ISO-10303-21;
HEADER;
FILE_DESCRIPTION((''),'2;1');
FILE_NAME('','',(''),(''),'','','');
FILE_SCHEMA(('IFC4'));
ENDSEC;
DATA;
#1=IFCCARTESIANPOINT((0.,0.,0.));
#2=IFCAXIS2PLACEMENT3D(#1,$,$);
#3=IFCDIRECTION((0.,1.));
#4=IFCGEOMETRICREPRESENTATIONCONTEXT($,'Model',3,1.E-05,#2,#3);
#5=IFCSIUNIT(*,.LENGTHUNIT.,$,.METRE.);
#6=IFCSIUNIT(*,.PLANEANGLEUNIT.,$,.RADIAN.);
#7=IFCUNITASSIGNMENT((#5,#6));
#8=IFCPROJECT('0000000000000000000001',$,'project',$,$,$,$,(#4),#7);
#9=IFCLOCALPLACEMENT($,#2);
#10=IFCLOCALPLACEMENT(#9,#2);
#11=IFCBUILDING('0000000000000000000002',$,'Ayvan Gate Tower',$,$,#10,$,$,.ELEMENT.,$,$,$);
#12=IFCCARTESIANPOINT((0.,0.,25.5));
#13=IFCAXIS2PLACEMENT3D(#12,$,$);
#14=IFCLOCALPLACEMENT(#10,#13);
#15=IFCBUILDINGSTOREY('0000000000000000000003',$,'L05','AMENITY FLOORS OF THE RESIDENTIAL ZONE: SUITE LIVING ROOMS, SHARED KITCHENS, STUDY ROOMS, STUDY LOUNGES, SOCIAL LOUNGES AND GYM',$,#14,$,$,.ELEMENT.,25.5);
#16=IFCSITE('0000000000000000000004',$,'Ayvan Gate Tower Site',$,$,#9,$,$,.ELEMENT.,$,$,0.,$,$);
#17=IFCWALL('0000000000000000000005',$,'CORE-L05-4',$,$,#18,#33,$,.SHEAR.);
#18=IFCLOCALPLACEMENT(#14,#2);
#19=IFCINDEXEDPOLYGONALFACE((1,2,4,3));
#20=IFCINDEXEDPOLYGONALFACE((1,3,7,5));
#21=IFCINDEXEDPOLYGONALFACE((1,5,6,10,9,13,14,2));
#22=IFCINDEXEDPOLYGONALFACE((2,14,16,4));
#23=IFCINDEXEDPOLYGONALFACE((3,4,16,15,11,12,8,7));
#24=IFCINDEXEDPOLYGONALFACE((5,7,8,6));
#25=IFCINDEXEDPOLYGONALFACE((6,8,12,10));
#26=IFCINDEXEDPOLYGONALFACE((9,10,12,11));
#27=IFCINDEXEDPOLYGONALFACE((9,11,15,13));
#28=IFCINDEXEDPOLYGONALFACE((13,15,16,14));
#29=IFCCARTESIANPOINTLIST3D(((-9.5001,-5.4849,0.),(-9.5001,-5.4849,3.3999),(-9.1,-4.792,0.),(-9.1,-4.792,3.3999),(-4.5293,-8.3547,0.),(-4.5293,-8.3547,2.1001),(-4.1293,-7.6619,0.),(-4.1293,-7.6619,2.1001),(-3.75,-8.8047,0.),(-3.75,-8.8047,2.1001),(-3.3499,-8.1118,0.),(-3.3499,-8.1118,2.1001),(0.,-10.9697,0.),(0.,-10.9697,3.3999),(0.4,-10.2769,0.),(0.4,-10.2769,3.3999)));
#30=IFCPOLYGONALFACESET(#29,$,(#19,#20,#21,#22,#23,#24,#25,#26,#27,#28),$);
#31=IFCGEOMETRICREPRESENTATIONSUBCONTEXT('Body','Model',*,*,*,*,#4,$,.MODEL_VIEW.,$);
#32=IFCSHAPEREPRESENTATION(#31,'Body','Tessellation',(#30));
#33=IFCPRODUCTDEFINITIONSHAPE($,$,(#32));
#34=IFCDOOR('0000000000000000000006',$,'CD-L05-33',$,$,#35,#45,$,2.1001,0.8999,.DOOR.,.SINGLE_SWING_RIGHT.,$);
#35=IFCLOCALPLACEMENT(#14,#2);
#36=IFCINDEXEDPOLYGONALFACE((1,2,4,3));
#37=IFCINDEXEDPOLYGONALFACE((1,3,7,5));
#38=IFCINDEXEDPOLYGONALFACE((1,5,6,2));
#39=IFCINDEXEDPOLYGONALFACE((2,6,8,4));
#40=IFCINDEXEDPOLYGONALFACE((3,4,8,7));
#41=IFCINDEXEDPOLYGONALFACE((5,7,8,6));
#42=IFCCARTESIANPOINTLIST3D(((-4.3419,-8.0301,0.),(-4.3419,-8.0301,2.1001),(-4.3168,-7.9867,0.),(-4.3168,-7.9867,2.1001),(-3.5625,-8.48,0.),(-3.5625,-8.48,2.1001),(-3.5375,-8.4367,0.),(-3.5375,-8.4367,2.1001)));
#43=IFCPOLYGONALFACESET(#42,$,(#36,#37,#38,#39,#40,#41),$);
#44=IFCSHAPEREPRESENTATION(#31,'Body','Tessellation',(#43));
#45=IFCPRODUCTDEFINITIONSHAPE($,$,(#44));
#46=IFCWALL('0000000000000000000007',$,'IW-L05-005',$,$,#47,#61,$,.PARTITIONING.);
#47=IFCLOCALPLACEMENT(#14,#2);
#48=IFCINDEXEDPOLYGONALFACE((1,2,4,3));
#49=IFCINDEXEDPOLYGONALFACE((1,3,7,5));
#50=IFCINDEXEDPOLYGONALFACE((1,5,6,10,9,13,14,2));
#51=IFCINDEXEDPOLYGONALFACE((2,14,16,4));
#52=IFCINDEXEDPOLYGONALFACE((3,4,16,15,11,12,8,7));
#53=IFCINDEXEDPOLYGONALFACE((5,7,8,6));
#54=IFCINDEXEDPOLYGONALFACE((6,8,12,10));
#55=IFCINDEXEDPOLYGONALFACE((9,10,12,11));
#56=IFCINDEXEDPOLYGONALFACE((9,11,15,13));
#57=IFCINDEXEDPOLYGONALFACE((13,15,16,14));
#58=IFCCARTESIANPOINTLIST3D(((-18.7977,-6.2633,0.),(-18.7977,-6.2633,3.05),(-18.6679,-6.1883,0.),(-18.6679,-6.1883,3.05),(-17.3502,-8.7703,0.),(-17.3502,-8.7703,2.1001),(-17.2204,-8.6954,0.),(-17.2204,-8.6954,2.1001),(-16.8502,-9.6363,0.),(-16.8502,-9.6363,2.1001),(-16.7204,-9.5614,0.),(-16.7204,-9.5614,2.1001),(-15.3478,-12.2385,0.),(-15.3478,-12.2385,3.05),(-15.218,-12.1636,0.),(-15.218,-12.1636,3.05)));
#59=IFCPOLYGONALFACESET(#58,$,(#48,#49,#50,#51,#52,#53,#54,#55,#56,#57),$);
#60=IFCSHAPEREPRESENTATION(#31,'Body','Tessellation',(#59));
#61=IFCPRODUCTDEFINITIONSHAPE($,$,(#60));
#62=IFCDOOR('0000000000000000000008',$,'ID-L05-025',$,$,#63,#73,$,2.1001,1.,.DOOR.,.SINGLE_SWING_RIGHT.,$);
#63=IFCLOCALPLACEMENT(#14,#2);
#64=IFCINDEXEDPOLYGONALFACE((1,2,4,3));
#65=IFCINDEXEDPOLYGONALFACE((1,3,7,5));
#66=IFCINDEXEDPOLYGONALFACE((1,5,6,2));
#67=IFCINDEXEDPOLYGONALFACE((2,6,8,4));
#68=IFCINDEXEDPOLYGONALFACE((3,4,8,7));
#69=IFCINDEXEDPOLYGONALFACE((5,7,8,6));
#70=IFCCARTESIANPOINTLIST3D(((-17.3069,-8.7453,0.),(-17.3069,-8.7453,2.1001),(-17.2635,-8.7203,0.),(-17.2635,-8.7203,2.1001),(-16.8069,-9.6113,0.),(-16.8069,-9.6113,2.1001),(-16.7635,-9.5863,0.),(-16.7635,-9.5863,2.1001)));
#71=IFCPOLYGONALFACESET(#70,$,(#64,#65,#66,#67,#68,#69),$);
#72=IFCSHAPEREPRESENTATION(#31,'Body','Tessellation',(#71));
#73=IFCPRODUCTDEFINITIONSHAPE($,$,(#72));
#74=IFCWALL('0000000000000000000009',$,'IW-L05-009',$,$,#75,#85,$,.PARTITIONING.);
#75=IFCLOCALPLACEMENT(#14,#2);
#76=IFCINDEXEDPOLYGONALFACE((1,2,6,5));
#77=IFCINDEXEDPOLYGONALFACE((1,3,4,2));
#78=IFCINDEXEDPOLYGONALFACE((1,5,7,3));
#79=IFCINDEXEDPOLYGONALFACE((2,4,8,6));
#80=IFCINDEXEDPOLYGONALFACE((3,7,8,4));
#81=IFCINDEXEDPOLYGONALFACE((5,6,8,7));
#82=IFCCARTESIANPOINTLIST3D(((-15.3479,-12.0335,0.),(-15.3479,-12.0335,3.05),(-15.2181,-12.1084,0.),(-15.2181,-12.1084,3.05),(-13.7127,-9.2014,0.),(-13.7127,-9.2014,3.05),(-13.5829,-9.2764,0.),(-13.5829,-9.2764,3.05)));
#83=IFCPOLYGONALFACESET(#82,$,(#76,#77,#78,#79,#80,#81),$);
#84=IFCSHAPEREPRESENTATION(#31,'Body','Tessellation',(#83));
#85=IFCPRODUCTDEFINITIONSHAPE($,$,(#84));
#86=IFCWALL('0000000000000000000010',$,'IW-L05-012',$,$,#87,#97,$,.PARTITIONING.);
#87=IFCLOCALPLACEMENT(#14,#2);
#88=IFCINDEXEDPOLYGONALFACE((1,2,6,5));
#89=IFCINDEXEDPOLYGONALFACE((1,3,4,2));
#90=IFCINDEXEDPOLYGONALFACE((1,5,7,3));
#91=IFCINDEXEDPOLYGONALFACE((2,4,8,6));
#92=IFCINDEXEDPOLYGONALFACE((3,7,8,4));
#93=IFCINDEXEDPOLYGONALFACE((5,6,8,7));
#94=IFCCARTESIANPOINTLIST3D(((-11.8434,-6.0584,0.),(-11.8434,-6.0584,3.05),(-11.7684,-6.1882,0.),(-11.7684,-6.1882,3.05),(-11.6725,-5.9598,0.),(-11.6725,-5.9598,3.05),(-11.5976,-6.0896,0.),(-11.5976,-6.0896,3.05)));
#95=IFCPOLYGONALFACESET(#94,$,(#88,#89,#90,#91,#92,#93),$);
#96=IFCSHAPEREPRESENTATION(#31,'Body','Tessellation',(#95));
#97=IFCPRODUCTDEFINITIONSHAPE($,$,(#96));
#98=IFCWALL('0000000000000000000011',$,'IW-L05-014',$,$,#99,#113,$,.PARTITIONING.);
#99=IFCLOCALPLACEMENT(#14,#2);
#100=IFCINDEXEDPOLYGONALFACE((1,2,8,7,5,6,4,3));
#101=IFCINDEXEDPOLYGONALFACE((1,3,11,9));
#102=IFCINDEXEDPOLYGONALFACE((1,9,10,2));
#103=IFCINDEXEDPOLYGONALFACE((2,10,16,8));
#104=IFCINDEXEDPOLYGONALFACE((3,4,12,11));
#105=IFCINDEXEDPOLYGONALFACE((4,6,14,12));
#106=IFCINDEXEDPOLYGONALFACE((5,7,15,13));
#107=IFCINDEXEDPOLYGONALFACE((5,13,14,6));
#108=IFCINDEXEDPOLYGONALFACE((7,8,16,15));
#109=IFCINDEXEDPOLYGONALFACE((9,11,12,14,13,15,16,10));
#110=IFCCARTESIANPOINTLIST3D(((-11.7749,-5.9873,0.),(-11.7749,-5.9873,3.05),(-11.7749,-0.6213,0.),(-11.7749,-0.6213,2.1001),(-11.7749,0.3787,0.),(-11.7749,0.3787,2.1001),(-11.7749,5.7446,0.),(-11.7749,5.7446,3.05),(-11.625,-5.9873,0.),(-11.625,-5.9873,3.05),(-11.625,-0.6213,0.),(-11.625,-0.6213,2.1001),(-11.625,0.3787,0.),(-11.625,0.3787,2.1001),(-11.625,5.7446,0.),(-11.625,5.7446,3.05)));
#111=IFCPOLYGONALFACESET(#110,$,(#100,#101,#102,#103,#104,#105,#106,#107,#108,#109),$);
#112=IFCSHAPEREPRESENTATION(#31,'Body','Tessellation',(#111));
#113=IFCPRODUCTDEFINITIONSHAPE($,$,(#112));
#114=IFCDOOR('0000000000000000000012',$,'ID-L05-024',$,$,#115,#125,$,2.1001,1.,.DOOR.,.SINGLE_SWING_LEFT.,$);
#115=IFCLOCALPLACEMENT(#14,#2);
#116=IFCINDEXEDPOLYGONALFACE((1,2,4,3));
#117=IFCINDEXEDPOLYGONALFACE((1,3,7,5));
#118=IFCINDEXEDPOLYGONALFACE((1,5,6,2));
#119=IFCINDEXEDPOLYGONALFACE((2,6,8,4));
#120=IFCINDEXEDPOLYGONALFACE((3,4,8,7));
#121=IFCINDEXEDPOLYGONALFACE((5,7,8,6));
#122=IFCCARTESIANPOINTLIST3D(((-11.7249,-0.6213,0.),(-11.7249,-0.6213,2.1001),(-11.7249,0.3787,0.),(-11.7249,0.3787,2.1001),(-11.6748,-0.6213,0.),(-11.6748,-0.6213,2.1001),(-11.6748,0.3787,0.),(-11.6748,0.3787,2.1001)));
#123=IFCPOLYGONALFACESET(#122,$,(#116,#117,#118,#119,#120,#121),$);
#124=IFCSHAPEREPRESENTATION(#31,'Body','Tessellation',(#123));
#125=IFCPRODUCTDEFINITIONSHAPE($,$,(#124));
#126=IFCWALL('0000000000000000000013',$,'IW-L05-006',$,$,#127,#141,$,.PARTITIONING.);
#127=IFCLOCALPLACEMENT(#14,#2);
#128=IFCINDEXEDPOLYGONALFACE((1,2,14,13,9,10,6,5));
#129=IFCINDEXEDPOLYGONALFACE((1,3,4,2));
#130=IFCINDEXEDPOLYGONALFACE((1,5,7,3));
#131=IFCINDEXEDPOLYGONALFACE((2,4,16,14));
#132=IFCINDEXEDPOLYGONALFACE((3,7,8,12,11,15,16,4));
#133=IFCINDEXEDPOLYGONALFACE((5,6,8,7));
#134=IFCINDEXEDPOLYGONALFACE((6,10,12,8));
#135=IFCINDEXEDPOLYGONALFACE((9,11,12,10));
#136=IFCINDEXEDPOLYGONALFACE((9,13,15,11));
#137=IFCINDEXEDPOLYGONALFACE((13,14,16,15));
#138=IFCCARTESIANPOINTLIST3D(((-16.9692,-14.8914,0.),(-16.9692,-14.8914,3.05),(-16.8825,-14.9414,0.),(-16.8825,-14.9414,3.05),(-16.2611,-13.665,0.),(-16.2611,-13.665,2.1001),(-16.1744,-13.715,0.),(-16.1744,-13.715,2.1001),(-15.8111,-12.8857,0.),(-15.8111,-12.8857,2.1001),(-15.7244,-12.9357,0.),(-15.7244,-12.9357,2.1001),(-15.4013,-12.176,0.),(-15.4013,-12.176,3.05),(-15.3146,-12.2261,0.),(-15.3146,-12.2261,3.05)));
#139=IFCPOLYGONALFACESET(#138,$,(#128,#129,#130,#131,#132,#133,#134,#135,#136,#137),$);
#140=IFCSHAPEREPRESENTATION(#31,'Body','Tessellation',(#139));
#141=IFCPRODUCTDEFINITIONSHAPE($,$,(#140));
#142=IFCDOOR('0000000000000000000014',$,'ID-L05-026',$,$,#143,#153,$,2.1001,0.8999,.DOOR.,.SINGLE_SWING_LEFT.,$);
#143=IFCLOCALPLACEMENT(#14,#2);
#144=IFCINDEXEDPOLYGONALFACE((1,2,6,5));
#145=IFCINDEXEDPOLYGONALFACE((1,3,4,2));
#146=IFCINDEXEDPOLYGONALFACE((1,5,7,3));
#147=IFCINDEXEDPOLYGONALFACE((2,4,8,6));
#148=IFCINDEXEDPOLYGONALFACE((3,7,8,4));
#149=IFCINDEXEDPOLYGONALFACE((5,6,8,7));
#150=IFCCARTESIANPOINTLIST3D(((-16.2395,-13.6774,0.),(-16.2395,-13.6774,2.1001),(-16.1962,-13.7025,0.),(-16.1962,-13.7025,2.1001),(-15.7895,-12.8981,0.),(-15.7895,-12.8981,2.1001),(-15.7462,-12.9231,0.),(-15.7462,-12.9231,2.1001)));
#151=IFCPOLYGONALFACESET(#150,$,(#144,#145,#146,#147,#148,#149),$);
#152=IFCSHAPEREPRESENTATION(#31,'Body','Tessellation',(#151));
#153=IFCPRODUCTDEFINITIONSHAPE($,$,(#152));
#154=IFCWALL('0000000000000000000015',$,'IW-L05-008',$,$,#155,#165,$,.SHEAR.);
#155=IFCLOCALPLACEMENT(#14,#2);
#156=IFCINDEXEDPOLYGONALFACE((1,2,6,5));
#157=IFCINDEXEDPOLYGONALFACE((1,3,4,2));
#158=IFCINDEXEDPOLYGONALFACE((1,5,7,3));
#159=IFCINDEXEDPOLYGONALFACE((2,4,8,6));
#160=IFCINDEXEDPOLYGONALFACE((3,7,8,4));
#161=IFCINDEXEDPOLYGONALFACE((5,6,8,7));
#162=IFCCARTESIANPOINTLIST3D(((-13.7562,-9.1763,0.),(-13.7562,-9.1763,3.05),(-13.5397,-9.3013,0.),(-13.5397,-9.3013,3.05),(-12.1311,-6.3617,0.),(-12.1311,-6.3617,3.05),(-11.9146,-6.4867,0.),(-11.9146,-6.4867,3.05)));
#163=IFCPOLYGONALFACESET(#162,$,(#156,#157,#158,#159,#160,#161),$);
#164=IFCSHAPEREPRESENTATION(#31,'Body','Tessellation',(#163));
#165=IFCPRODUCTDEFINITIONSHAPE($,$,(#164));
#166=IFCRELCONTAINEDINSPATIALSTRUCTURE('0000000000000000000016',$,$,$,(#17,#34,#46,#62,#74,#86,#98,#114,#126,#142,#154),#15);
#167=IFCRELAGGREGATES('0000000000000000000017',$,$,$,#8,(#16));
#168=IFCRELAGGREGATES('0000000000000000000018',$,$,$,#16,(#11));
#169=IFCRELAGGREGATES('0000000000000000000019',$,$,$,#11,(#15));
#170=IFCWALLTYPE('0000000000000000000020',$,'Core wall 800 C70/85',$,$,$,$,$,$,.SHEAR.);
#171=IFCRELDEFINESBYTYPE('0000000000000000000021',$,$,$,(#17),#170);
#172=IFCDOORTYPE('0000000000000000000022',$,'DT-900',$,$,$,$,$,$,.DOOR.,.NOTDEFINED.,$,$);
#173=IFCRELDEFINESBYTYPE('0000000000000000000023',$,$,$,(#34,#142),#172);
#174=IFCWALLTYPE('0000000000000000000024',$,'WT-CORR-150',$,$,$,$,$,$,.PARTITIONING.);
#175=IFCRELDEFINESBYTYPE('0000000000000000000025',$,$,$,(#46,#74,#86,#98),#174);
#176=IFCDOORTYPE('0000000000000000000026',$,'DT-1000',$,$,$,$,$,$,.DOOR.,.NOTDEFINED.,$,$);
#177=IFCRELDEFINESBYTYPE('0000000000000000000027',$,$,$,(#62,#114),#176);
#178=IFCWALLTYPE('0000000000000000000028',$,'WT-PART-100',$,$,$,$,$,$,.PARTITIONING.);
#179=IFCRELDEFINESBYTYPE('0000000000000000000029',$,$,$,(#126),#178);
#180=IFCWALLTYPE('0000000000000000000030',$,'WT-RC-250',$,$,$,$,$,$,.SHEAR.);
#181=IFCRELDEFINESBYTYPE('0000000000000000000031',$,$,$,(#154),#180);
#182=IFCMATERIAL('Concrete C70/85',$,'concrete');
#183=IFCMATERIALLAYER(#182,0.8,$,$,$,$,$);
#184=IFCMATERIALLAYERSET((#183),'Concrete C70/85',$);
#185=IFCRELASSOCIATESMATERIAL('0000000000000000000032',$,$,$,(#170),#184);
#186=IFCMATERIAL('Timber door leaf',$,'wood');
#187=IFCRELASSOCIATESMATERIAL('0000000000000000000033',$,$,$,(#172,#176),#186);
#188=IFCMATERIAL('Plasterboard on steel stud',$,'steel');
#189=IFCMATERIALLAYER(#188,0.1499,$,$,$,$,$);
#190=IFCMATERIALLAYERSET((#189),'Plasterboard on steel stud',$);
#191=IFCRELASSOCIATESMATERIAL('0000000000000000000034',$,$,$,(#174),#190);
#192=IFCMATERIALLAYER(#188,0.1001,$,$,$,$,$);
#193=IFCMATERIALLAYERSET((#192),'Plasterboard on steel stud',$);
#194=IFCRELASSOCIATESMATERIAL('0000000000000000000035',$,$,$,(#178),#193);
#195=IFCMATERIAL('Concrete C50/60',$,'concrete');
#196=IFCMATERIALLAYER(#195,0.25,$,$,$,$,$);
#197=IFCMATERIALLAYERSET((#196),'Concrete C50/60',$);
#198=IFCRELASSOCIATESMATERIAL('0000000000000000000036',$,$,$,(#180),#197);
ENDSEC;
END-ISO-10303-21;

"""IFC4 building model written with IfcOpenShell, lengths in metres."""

from ifc_helpers import new_model, si_unit, direction, frame, frame_2d, origin, place, context, subcontext, project, spatial, rectangle, extrude, material, layer, layer_set, type_object, element, fill, save


model = new_model("IFC4")

# Units and contexts
model_context = context("Model", 3, precision=1e-05, world=origin(), true_north=direction((0.0, 1.0)))
body_context = subcontext(model_context, "Body", "Model", "MODEL_VIEW")
ifc_project = project(units=[si_unit("LENGTHUNIT", "METRE"), si_unit("PLANEANGLEUNIT", "RADIAN")], contexts=[model_context])

# Site, building, storey
site_placement = place(None, origin())
site = spatial("IfcSite", under=ifc_project, at=site_placement, Name="Ayvan Gate Tower Site", CompositionType="ELEMENT", RefElevation=0.0)
building_placement = place(site_placement, origin())
building = spatial("IfcBuilding", under=site, at=building_placement, Name="Ayvan Gate Tower", CompositionType="ELEMENT")
storey_placement = place(building_placement, frame((0.0, 0.0, 25.5)))
storey = spatial("IfcBuildingStorey", under=building, at=storey_placement, Name="L05", Description="AMENITY FLOORS OF THE RESIDENTIAL ZONE: SUITE LIVING ROOMS, SHARED KITCHENS, STUDY ROOMS, STUDY LOUNGES, SOCIAL LOUNGES AND GYM", CompositionType="ELEMENT", Elevation=25.5)

# Walls, openings, doors
ifc_material_1 = material(Name="Concrete C70/85", Category="concrete")
ifc_layer_1 = layer(ifc_material_1, 0.8)
ifc_layer_set_1 = layer_set([ifc_layer_1], Name="Concrete C70/85")
wall_type_1 = type_object("IfcWallType", Name="Core wall 800 C70/85", PredefinedType="SHEAR", material=ifc_layer_set_1)
wall_1_placement = place(storey_placement, frame((-9.3, -5.1384, 0.0), z_axis=(0.0, 0.0, 1.0), x_axis=(0.866024, -0.500002, 0.0)))
wall_1 = element("IfcWall", 1, at=wall_1_placement, inside=storey, type_object=wall_type_1, Name="CORE-L05-4", PredefinedType="SHEAR", context=body_context, shape_type="SweptSolid", body=[
    extrude(rectangle(XDim=10.9697, YDim=0.8, at=frame_2d((5.4849, 0.0))), origin(), (0.0, 0.0, 1.0), 3.3999),
])
opening_1_placement = place(wall_1_placement, frame((5.7397, 0.0, 0.0)))
opening_1 = element("IfcOpeningElement", 2, at=opening_1_placement, cuts=wall_1, PredefinedType="OPENING", context=body_context, shape_type="SweptSolid", body=[
    extrude(rectangle(XDim=0.8999, YDim=2.1001, at=frame_2d((0.45, 1.05))), frame((0.0, 0.4099, 0.0), z_axis=(0.0, -1.0, 0.0), x_axis=(1.0, 0.0, 0.0)), (0.0, 0.0, 1.0), 0.8201),
])
ifc_material_2 = material(Name="Timber door leaf", Category="wood")
door_type_1 = type_object("IfcDoorType", Name="DT-900", OperationType="NOTDEFINED", PredefinedType="DOOR", material=ifc_material_2)
door_1_placement = place(opening_1_placement, origin())
door_1 = element("IfcDoor", 3, at=door_1_placement, inside=storey, type_object=door_type_1, Name="CD-L05-33", OperationType="SINGLE_SWING_RIGHT", OverallHeight=2.1001, OverallWidth=0.8999, PredefinedType="DOOR", context=body_context, shape_type="SweptSolid", body=[
    extrude(rectangle(XDim=0.8999, YDim=2.1001, at=frame_2d((0.45, 1.05))), frame((0.0, 0.0249, 0.0), z_axis=(0.0, -1.0, 0.0), x_axis=(1.0, 0.0, 0.0)), (0.0, 0.0, 1.0), 0.05),
])
fill(opening_1, door_1)
ifc_material_3 = material(Name="Plasterboard on steel stud", Category="steel")
ifc_layer_2 = layer(ifc_material_3, 0.1499)
ifc_layer_set_2 = layer_set([ifc_layer_2], Name="Plasterboard on steel stud")
wall_type_2 = type_object("IfcWallType", Name="WT-CORR-150", PredefinedType="PARTITIONING", material=ifc_layer_set_2)
wall_2_placement = place(storey_placement, frame((-15.283, -12.2009, 0.0), z_axis=(0.0, 0.0, 1.0), x_axis=(-0.500009, 0.86602, 0.0)))
wall_2 = element("IfcWall", 4, at=wall_2_placement, inside=storey, type_object=wall_type_2, Name="IW-L05-005", PredefinedType="PARTITIONING", context=body_context, shape_type="SweptSolid", body=[
    extrude(rectangle(XDim=6.8997, YDim=0.1499, at=frame_2d((3.4497, 0.0))), origin(), (0.0, 0.0, 1.0), 3.05),
])
opening_2_placement = place(wall_2_placement, frame((3.0046, 0.0, 0.0)))
opening_2 = element("IfcOpeningElement", 5, at=opening_2_placement, cuts=wall_2, PredefinedType="OPENING", context=body_context, shape_type="SweptSolid", body=[
    extrude(rectangle(XDim=1.0, YDim=2.1001, at=frame_2d((0.5, 1.05))), frame((0.0, 0.085, 0.0), z_axis=(0.0, -1.0, 0.0), x_axis=(1.0, 0.0, 0.0)), (0.0, 0.0, 1.0), 0.1699),
])
door_type_2 = type_object("IfcDoorType", Name="DT-1000", OperationType="NOTDEFINED", PredefinedType="DOOR", material=ifc_material_2)
door_2_placement = place(opening_2_placement, origin())
door_2 = element("IfcDoor", 6, at=door_2_placement, inside=storey, type_object=door_type_2, Name="ID-L05-025", OperationType="SINGLE_SWING_RIGHT", OverallHeight=2.1001, OverallWidth=1.0, PredefinedType="DOOR", context=body_context, shape_type="SweptSolid", body=[
    extrude(rectangle(XDim=1.0, YDim=2.1001, at=frame_2d((0.5, 1.05))), frame((0.0, 0.0249, 0.0), z_axis=(0.0, -1.0, 0.0), x_axis=(1.0, 0.0, 0.0)), (0.0, 0.0, 1.0), 0.05),
])
fill(opening_2, door_2)

# Walls
wall_3_placement = place(storey_placement, frame((-13.6477, -9.2388, 0.0), z_axis=(0.0, 0.0, 1.0), x_axis=(-0.500041, -0.866002, 0.0)))
element("IfcWall", 7, at=wall_3_placement, inside=storey, type_object=wall_type_2, Name="IW-L05-009", PredefinedType="PARTITIONING", context=body_context, shape_type="SweptSolid", body=[
    extrude(rectangle(XDim=3.2703, YDim=0.1499, at=frame_2d((1.6353, 0.0))), origin(), (0.0, 0.0, 1.0), 3.05),
])
wall_4_placement = place(storey_placement, frame((-11.8059, -6.1233, 0.0), z_axis=(0.0, 0.0, 1.0), x_axis=(0.866103, 0.499865, 0.0)))
element("IfcWall", 8, at=wall_4_placement, inside=storey, type_object=wall_type_2, Name="IW-L05-012", PredefinedType="PARTITIONING", context=body_context, shape_type="SweptSolid", body=[
    extrude(rectangle(XDim=0.1973, YDim=0.1499, at=frame_2d((0.0986, 0.0))), origin(), (0.0, 0.0, 1.0), 3.05),
])

# Walls, openings, doors
wall_5_placement = place(storey_placement, frame((-11.7, -5.9873, 0.0), z_axis=(0.0, 0.0, 1.0), x_axis=(0.0, 1.0, 0.0)))
wall_5 = element("IfcWall", 9, at=wall_5_placement, inside=storey, type_object=wall_type_2, Name="IW-L05-014", PredefinedType="PARTITIONING", context=body_context, shape_type="SweptSolid", body=[
    extrude(rectangle(XDim=11.7319, YDim=0.1499, at=frame_2d((5.866, 0.0))), origin(), (0.0, 0.0, 1.0), 3.05),
])
opening_3_placement = place(wall_5_placement, frame((5.366, 0.0, 0.0)))
opening_3 = element("IfcOpeningElement", 10, at=opening_3_placement, cuts=wall_5, PredefinedType="OPENING", context=body_context, shape_type="SweptSolid", body=[
    extrude(rectangle(XDim=1.0, YDim=2.1001, at=frame_2d((0.5, 1.05))), frame((0.0, 0.085, 0.0), z_axis=(0.0, -1.0, 0.0), x_axis=(1.0, 0.0, 0.0)), (0.0, 0.0, 1.0), 0.1699),
])
door_3_placement = place(opening_3_placement, origin())
door_3 = element("IfcDoor", 11, at=door_3_placement, inside=storey, type_object=door_type_2, Name="ID-L05-024", OperationType="SINGLE_SWING_LEFT", OverallHeight=2.1001, OverallWidth=1.0, PredefinedType="DOOR", context=body_context, shape_type="SweptSolid", body=[
    extrude(rectangle(XDim=1.0, YDim=2.1001, at=frame_2d((0.5, 1.05))), frame((0.0, 0.0249, 0.0), z_axis=(0.0, -1.0, 0.0), x_axis=(1.0, 0.0, 0.0)), (0.0, 0.0, 1.0), 0.05),
])
fill(opening_3, door_3)
ifc_layer_3 = layer(ifc_material_3, 0.1001)
ifc_layer_set_3 = layer_set([ifc_layer_3], Name="Plasterboard on steel stud")
wall_type_3 = type_object("IfcWallType", Name="WT-PART-100", PredefinedType="PARTITIONING", material=ifc_layer_set_3)
wall_6_placement = place(storey_placement, frame((-15.3579, -12.2009, 0.0), z_axis=(0.0, 0.0, 1.0), x_axis=(-0.500041, -0.866001, 0.0)))
wall_6 = element("IfcWall", 12, at=wall_6_placement, inside=storey, type_object=wall_type_3, Name="IW-L05-006", PredefinedType="PARTITIONING", context=body_context, shape_type="SweptSolid", body=[
    extrude(rectangle(XDim=3.1355, YDim=0.1001, at=frame_2d((1.5679, 0.0))), origin(), (0.0, 0.0, 1.0), 3.05),
])
opening_4_placement = place(wall_6_placement, frame((0.8196, 0.0, 0.0)))
opening_4 = element("IfcOpeningElement", 13, at=opening_4_placement, cuts=wall_6, PredefinedType="OPENING", context=body_context, shape_type="SweptSolid", body=[
    extrude(rectangle(XDim=0.8999, YDim=2.1001, at=frame_2d((0.45, 1.05))), frame((0.0, 0.0601, 0.0), z_axis=(0.0, -1.0, 0.0), x_axis=(1.0, 0.0, 0.0)), (0.0, 0.0, 1.0), 0.1201),
])
door_4_placement = place(opening_4_placement, origin())
door_4 = element("IfcDoor", 14, at=door_4_placement, inside=storey, type_object=door_type_1, Name="ID-L05-026", OperationType="SINGLE_SWING_LEFT", OverallHeight=2.1001, OverallWidth=0.8999, PredefinedType="DOOR", context=body_context, shape_type="SweptSolid", body=[
    extrude(rectangle(XDim=0.8999, YDim=2.1001, at=frame_2d((0.45, 1.05))), frame((0.0, 0.0249, 0.0), z_axis=(0.0, -1.0, 0.0), x_axis=(1.0, 0.0, 0.0)), (0.0, 0.0, 1.0), 0.05),
])
fill(opening_4, door_4)

# Wall
ifc_material_4 = material(Name="Concrete C50/60", Category="concrete")
ifc_layer_4 = layer(ifc_material_4, 0.25)
ifc_layer_set_4 = layer_set([ifc_layer_4], Name="Concrete C50/60")
wall_type_4 = type_object("IfcWallType", Name="WT-RC-250", PredefinedType="SHEAR", material=ifc_layer_set_4)
wall_7_placement = place(storey_placement, frame((-13.6479, -9.2388, 0.0), z_axis=(0.0, 0.0, 1.0), x_axis=(0.500017, 0.866015, 0.0)))
element("IfcWall", 15, at=wall_7_placement, inside=storey, type_object=wall_type_4, Name="IW-L05-008", PredefinedType="SHEAR", context=body_context, shape_type="SweptSolid", body=[
    extrude(rectangle(XDim=3.25, YDim=0.25, at=frame_2d((1.625, 0.0))), origin(), (0.0, 0.0, 1.0), 3.05),
])

save(model, "model.ifc")
